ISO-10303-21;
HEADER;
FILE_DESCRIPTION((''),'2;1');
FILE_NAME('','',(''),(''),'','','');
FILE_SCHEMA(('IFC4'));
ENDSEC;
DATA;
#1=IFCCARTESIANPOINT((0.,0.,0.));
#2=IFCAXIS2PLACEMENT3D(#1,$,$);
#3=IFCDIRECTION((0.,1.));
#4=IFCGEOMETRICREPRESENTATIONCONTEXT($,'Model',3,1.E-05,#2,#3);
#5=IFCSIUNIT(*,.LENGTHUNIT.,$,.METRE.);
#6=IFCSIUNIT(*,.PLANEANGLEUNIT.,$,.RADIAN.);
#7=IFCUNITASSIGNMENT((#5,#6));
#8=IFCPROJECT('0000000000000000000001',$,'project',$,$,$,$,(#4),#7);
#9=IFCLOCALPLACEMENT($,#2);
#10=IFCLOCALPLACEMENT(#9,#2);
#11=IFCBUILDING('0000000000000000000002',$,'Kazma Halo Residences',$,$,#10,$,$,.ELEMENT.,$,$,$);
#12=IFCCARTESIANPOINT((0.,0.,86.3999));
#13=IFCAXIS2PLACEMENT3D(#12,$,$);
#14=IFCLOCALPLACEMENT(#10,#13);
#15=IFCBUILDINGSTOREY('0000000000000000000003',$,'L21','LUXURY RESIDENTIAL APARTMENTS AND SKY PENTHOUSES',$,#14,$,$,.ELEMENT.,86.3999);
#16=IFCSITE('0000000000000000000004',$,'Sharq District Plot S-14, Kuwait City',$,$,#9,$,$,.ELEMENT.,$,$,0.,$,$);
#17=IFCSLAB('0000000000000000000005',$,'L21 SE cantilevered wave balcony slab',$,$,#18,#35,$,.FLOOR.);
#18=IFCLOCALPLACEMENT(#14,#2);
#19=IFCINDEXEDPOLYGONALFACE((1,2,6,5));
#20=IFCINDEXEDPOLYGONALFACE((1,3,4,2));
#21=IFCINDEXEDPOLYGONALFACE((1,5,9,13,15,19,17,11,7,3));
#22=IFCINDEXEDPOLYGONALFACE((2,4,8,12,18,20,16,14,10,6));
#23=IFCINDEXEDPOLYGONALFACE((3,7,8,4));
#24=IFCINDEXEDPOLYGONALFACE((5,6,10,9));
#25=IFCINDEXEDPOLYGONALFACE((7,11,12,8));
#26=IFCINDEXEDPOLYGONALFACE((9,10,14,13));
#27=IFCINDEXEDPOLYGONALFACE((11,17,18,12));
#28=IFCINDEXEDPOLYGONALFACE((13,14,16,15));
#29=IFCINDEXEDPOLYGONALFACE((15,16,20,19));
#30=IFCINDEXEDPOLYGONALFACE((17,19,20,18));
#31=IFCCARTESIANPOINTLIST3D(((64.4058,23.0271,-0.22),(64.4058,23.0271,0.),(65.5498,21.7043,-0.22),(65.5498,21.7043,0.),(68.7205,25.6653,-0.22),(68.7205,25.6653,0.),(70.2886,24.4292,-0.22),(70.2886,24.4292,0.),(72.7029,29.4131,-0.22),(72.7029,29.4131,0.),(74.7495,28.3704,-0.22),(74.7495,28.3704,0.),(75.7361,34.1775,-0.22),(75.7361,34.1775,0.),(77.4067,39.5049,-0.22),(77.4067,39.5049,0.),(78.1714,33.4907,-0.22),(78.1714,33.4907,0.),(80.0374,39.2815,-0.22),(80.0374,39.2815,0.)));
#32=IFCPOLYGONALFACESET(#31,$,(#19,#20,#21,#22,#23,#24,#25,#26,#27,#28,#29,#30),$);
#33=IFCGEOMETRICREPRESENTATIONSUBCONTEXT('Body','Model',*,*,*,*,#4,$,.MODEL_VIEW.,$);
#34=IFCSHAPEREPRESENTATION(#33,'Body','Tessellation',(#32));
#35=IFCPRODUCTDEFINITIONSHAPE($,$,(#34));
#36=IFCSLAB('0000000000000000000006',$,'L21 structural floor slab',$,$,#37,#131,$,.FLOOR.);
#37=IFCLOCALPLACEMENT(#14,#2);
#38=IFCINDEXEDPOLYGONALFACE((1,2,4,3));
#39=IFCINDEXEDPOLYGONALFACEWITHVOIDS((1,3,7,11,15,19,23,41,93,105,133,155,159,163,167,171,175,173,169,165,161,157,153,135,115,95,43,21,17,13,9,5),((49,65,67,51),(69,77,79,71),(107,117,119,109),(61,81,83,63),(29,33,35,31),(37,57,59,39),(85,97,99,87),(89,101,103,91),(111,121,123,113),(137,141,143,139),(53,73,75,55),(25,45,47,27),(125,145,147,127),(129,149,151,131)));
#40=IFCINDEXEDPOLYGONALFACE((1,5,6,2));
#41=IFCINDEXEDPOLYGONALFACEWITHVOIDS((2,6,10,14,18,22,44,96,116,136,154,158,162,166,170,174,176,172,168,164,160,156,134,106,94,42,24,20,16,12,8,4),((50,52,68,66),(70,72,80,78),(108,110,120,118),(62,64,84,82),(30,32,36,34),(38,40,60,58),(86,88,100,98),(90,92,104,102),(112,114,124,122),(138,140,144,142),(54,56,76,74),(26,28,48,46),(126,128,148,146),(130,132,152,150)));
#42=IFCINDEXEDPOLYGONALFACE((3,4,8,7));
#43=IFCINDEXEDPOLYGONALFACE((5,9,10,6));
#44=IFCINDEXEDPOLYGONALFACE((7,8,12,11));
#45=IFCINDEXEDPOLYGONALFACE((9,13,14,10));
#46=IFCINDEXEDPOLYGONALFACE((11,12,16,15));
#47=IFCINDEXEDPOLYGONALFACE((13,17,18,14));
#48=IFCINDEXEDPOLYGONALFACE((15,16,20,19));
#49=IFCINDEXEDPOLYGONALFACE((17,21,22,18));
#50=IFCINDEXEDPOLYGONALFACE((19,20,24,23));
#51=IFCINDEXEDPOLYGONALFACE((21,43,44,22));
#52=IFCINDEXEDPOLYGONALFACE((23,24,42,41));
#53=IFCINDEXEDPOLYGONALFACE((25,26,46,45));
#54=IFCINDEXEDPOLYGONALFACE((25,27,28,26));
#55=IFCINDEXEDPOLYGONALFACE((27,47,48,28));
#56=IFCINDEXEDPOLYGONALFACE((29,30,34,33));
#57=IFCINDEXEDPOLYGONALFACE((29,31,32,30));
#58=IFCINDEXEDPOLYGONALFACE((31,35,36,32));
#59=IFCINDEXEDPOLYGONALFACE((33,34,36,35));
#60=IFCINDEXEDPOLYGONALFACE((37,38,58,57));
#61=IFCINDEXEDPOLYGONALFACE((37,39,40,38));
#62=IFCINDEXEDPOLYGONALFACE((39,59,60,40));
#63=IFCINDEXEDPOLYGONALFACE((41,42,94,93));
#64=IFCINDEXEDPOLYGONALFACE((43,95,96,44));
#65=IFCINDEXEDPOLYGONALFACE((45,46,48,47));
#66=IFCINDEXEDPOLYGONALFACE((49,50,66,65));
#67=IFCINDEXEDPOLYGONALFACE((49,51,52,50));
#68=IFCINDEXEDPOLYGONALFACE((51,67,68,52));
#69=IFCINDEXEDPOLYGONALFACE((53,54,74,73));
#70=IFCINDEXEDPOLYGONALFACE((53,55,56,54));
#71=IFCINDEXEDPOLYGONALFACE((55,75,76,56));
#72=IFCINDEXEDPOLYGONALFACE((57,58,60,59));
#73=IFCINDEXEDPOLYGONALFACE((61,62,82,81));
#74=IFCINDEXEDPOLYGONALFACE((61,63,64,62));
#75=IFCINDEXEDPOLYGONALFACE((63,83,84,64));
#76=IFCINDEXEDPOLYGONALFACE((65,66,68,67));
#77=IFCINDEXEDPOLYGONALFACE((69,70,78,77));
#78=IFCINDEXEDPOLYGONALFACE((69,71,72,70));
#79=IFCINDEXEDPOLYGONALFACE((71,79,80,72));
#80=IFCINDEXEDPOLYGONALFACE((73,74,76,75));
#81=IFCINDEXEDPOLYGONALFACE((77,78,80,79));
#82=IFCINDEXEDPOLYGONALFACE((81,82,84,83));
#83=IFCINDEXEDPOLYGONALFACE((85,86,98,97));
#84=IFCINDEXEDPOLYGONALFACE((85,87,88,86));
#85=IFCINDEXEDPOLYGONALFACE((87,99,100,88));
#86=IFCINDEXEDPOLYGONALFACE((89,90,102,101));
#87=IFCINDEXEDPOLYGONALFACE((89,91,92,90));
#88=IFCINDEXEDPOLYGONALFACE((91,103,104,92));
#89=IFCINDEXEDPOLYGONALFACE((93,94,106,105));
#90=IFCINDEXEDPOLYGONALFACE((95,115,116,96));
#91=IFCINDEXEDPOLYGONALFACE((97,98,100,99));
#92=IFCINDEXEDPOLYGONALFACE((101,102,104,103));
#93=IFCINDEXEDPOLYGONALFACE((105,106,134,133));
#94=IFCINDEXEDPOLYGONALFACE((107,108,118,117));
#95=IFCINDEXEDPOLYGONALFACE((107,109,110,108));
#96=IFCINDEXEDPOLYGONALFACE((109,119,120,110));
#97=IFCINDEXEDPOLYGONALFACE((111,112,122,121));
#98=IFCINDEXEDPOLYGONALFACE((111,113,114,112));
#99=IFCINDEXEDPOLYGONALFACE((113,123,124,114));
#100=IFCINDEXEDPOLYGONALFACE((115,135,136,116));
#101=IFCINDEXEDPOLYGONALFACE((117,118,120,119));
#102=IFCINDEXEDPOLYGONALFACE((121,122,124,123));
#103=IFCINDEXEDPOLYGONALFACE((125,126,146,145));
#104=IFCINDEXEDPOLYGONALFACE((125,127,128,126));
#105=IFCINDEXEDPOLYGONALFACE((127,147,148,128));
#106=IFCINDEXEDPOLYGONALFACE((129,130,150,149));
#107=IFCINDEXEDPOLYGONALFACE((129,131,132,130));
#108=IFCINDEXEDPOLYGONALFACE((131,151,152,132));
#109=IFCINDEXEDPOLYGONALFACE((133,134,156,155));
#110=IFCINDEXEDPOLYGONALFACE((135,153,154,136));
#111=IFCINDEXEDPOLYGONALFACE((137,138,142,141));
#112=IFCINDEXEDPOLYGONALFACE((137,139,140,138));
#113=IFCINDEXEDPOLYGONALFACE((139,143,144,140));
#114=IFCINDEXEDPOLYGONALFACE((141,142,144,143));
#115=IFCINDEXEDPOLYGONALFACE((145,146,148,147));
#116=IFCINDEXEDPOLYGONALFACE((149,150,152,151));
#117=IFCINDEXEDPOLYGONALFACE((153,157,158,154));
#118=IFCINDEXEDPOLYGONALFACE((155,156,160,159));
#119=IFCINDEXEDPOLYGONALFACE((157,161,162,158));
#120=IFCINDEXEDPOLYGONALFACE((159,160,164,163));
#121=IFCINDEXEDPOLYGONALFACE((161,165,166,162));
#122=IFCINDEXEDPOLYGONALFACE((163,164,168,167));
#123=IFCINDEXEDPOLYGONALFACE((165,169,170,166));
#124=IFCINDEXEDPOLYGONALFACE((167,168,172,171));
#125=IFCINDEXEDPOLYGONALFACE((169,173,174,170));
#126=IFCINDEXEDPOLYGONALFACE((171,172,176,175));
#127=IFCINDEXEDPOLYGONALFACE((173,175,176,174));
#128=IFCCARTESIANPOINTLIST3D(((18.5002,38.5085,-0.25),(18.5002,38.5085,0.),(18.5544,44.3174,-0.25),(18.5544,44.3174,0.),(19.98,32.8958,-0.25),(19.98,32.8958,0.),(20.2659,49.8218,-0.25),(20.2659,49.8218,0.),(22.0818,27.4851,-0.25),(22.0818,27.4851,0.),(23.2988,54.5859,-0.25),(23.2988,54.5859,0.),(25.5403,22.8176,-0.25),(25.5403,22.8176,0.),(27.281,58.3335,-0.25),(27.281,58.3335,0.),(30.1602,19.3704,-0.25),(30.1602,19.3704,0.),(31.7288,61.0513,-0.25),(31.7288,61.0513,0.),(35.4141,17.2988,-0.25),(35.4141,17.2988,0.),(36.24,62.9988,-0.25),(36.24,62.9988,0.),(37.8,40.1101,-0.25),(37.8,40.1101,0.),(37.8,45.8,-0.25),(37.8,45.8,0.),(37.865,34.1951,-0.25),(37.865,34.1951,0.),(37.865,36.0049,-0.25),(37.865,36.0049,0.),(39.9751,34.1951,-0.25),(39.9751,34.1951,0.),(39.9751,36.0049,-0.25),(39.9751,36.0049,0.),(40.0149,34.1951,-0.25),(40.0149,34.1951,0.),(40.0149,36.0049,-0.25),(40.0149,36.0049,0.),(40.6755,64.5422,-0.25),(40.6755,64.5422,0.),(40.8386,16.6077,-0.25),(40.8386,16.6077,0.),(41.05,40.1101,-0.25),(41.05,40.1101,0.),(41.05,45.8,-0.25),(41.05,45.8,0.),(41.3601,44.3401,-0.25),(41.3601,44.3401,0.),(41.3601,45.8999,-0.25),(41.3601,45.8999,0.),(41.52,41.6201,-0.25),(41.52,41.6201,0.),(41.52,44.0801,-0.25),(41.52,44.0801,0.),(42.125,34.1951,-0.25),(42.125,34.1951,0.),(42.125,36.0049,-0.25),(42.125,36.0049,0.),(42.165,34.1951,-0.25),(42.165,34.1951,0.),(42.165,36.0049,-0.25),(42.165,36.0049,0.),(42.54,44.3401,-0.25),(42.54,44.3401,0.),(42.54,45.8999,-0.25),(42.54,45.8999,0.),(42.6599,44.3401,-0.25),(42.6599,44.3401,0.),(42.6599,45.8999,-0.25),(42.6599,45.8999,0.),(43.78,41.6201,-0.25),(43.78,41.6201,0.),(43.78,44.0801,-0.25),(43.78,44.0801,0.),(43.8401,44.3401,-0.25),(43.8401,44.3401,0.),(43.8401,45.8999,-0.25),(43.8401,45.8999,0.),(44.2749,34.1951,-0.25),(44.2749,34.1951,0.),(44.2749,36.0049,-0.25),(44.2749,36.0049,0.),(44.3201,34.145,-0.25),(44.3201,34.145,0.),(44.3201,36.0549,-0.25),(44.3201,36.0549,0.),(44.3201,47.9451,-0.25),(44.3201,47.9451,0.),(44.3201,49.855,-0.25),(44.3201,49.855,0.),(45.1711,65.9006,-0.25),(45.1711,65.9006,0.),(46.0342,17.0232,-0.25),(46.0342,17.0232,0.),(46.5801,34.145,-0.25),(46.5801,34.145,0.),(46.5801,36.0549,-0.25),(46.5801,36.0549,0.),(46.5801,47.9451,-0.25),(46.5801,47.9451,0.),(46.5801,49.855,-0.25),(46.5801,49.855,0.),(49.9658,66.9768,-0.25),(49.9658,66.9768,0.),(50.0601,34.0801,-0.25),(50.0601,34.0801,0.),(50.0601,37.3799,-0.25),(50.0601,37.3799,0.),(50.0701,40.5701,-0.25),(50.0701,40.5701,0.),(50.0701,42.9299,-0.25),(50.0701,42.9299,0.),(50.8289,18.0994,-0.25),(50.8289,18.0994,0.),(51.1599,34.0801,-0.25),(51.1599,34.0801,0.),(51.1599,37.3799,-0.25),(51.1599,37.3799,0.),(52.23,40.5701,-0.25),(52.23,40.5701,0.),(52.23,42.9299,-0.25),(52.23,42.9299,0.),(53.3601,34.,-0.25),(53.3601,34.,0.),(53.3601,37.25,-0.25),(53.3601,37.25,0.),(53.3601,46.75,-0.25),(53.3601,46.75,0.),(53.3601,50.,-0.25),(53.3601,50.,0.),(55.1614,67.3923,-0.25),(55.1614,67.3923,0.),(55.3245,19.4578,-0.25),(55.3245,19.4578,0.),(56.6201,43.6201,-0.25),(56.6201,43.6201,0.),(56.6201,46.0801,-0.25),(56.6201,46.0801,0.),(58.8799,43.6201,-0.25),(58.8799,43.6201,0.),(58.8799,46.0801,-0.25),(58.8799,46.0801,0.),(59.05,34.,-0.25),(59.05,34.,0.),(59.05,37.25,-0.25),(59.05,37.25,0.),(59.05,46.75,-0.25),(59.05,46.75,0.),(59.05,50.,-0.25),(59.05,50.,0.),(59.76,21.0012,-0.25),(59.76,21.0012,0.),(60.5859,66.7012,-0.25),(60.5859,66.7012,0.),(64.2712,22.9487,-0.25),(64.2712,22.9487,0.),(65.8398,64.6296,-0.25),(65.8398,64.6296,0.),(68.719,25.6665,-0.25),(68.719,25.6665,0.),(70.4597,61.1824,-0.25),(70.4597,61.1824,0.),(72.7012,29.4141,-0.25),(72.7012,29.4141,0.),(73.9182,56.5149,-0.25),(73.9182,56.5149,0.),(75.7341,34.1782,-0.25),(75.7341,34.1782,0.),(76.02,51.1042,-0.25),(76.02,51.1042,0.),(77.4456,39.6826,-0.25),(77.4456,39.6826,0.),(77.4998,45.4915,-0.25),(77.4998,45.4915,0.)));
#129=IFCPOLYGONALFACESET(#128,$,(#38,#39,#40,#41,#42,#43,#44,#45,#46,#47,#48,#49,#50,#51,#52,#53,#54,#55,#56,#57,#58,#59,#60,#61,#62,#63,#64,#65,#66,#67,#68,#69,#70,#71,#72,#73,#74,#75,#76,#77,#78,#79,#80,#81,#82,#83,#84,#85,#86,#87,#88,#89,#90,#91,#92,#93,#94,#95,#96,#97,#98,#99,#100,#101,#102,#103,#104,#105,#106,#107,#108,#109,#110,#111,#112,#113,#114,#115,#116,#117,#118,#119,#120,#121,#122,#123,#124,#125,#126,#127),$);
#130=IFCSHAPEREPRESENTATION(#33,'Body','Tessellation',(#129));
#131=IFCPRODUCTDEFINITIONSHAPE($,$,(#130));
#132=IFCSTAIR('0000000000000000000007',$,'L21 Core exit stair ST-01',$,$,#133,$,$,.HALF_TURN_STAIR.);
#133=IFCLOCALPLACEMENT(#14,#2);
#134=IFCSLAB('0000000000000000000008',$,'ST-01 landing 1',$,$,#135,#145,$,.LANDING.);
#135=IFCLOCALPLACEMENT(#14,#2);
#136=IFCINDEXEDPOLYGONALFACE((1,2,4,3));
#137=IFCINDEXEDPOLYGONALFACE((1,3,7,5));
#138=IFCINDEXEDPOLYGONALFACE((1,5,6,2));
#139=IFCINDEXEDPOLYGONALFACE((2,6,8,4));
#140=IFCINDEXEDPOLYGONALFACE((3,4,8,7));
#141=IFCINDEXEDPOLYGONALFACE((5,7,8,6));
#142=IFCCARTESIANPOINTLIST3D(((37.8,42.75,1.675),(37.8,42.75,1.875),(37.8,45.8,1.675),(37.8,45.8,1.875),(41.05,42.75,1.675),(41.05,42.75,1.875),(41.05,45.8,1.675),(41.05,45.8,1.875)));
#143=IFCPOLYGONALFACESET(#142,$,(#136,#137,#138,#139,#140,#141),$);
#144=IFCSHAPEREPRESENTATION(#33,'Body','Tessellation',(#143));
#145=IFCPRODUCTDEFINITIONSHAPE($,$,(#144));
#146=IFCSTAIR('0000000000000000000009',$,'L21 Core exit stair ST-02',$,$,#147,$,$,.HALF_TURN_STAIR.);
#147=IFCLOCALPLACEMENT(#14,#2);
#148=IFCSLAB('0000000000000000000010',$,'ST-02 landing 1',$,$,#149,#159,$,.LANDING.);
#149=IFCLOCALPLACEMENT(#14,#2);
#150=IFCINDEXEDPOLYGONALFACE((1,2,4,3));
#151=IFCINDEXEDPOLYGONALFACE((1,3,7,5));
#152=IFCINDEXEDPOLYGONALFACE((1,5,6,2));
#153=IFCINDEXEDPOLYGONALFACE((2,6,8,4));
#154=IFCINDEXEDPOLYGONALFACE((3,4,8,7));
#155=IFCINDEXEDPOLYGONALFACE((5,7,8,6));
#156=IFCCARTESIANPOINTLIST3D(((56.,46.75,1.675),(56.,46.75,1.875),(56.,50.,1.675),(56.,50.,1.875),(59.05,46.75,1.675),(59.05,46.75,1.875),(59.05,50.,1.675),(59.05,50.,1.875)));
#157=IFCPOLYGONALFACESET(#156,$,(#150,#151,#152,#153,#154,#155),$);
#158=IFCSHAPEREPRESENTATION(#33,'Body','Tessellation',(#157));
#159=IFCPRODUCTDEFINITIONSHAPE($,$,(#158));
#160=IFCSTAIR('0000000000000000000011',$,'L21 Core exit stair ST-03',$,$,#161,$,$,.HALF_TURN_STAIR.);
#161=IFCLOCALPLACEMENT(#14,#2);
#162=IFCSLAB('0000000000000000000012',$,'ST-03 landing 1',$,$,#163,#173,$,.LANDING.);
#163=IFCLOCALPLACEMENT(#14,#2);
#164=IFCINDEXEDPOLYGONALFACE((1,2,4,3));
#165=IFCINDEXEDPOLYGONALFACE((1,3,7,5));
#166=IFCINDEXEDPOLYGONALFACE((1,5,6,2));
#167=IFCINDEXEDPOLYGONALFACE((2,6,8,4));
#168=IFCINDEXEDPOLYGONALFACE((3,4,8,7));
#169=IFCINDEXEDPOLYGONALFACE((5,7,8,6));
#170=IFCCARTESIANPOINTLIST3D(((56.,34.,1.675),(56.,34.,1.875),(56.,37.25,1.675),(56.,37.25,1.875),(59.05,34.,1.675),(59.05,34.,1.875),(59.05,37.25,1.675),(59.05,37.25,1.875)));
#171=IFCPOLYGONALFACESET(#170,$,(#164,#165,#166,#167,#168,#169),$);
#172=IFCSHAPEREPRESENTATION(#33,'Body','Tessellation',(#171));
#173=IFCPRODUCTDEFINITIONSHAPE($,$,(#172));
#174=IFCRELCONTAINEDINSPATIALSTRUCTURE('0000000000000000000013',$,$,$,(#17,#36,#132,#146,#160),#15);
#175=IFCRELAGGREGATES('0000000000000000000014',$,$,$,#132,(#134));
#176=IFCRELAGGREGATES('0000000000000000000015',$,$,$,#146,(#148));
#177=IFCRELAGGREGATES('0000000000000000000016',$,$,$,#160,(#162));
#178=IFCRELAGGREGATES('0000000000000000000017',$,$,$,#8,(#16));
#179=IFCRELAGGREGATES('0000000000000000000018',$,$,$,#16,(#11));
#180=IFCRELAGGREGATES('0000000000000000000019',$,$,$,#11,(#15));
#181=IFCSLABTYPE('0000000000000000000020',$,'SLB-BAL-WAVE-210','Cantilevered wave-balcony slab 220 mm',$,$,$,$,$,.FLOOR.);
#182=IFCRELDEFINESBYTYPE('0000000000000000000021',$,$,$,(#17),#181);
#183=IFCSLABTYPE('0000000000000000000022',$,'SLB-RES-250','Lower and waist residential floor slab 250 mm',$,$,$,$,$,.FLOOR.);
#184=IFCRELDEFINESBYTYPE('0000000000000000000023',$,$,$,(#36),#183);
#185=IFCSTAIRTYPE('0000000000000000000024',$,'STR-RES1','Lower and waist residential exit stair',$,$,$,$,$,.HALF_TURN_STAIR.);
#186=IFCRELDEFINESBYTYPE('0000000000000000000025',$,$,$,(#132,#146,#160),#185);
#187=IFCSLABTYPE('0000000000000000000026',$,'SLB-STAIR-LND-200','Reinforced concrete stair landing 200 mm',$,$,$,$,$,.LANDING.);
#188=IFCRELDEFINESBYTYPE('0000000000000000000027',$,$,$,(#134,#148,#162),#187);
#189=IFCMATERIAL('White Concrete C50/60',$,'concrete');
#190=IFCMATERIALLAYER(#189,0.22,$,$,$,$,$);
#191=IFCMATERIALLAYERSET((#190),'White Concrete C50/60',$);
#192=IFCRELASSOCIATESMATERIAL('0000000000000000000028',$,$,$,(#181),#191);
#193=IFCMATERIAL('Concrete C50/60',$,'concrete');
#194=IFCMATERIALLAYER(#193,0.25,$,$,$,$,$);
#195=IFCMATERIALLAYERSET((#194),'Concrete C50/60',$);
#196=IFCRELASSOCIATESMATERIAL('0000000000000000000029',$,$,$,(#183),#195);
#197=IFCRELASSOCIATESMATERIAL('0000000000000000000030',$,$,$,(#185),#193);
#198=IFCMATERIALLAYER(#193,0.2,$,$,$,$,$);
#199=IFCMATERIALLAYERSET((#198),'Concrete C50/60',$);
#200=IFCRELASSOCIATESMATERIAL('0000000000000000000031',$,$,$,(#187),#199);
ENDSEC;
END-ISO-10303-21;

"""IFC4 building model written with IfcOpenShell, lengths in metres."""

from ifc_helpers import new_model, si_unit, direction, frame, origin, place, context, subcontext, project, spatial, polyline, outline, extrude, material, layer, layer_set, type_object, element, aggregate, save


model = new_model("IFC4")

# Units and contexts
model_context = context("Model", 3, precision=1e-05, world=origin(), true_north=direction((0.0, 1.0)))
body_context = subcontext(model_context, "Body", "Model", "MODEL_VIEW")
ifc_project = project(units=[si_unit("LENGTHUNIT", "METRE"), si_unit("PLANEANGLEUNIT", "RADIAN")], contexts=[model_context])

# Site, building, storey
site_placement = place(None, origin())
site = spatial("IfcSite", under=ifc_project, at=site_placement, Name="Sharq District Plot S-14, Kuwait City", CompositionType="ELEMENT", RefElevation=0.0)
building_placement = place(site_placement, origin())
building = spatial("IfcBuilding", under=site, at=building_placement, Name="Kazma Halo Residences", CompositionType="ELEMENT")
storey_placement = place(building_placement, frame((0.0, 0.0, 86.3999)))
storey = spatial("IfcBuildingStorey", under=building, at=storey_placement, Name="L21", Description="LUXURY RESIDENTIAL APARTMENTS AND SKY PENTHOUSES", CompositionType="ELEMENT", Elevation=86.3999)

# Slabs
ifc_material_1 = material(Name="White Concrete C50/60", Category="concrete")
ifc_layer_1 = layer(ifc_material_1, 0.22)
ifc_layer_set_1 = layer_set([ifc_layer_1], Name="White Concrete C50/60")
slab_type_1 = type_object("IfcSlabType", Name="SLB-BAL-WAVE-210", Description="Cantilevered wave-balcony slab 220 mm", PredefinedType="FLOOR", material=ifc_layer_set_1)
slab_1_placement = place(storey_placement, frame((0.0, 0.0, -0.22)))
element("IfcSlab", 1, at=slab_1_placement, inside=storey, type_object=slab_type_1, Name="L21 SE cantilevered wave balcony slab", PredefinedType="FLOOR", context=body_context, shape_type="SweptSolid", body=[
    extrude(outline(polyline([(64.4058, 23.0271), (68.7205, 25.6653), (72.7029, 29.4131), (75.7361, 34.1775), (77.4067, 39.5049), (80.0374, 39.2815), (78.1714, 33.4907), (74.7495, 28.3704), (70.2886, 24.4292), (65.5498, 21.7043), (64.4058, 23.0271)])), origin(), (0.0, 0.0, 1.0), 0.22),
])
ifc_material_2 = material(Name="Concrete C50/60", Category="concrete")
ifc_layer_2 = layer(ifc_material_2, 0.25)
ifc_layer_set_2 = layer_set([ifc_layer_2], Name="Concrete C50/60")
slab_type_2 = type_object("IfcSlabType", Name="SLB-RES-250", Description="Lower and waist residential floor slab 250 mm", PredefinedType="FLOOR", material=ifc_layer_set_2)
slab_2_placement = place(storey_placement, frame((0.0, 0.0, -0.25)))
element("IfcSlab", 2, at=slab_2_placement, inside=storey, type_object=slab_type_2, Name="L21 structural floor slab", PredefinedType="FLOOR", context=body_context, shape_type="SweptSolid", body=[
    extrude(outline(polyline([(76.02, 51.1042), (73.9182, 56.5149), (70.4597, 61.1824), (65.8398, 64.6296), (60.5859, 66.7012), (55.1614, 67.3923), (49.9658, 66.9768), (45.1711, 65.9006), (40.6755, 64.5422), (36.24, 62.9988), (31.7288, 61.0513), (27.281, 58.3335), (23.2988, 54.5859), (20.2659, 49.8218), (18.5544, 44.3174), (18.5002, 38.5085), (19.98, 32.8958), (22.0818, 27.4851), (25.5403, 22.8176), (30.1602, 19.3704), (35.4141, 17.2988), (40.8386, 16.6077), (46.0342, 17.0232), (50.8289, 18.0994), (55.3245, 19.4578), (59.76, 21.0012), (64.2712, 22.9487), (68.719, 25.6665), (72.7012, 29.4141), (75.7341, 34.1782), (77.4456, 39.6826), (77.4998, 45.4915), (76.02, 51.1042)]), holes=[polyline([(37.8, 40.1101), (41.05, 40.1101), (41.05, 45.8), (37.8, 45.8), (37.8, 40.1101)]), polyline([(53.3601, 46.75), (59.05, 46.75), (59.05, 50.0), (53.3601, 50.0), (53.3601, 46.75)]), polyline([(53.3601, 34.0), (59.05, 34.0), (59.05, 37.25), (53.3601, 37.25), (53.3601, 34.0)]), polyline([(41.52, 41.6201), (43.78, 41.6201), (43.78, 44.0801), (41.52, 44.0801), (41.52, 41.6201)]), polyline([(56.6201, 43.6201), (58.8799, 43.6201), (58.8799, 46.0801), (56.6201, 46.0801), (56.6201, 43.6201)]), polyline([(37.865, 34.1951), (39.9751, 34.1951), (39.9751, 36.0049), (37.865, 36.0049), (37.865, 34.1951)]), polyline([(40.0149, 34.1951), (42.125, 34.1951), (42.125, 36.0049), (40.0149, 36.0049), (40.0149, 34.1951)]), polyline([(42.165, 34.1951), (44.2749, 34.1951), (44.2749, 36.0049), (42.165, 36.0049), (42.165, 34.1951)]), polyline([(44.3201, 47.9451), (46.5801, 47.9451), (46.5801, 49.855), (44.3201, 49.855), (44.3201, 47.9451)]), polyline([(44.3201, 34.145), (46.5801, 34.145), (46.5801, 36.0549), (44.3201, 36.0549), (44.3201, 34.145)]), polyline([(50.0701, 40.5701), (52.23, 40.5701), (52.23, 42.9299), (50.0701, 42.9299), (50.0701, 40.5701)]), polyline([(41.3601, 44.3401), (42.54, 44.3401), (42.54, 45.8999), (41.3601, 45.8999), (41.3601, 44.3401)]), polyline([(42.6599, 44.3401), (43.8401, 44.3401), (43.8401, 45.8999), (42.6599, 45.8999), (42.6599, 44.3401)]), polyline([(50.0601, 34.0801), (51.1599, 34.0801), (51.1599, 37.3799), (50.0601, 37.3799), (50.0601, 34.0801)])]), origin(), (0.0, 0.0, 1.0), 0.25),
])

# Stairs, slabs
stair_type = type_object("IfcStairType", Name="STR-RES1", Description="Lower and waist residential exit stair", PredefinedType="HALF_TURN_STAIR", material=ifc_material_2)
stair_1_placement = place(storey_placement, origin())
stair_1 = element("IfcStair", 3, at=stair_1_placement, inside=storey, type_object=stair_type, Name="L21 Core exit stair ST-01", PredefinedType="HALF_TURN_STAIR")
ifc_layer_3 = layer(ifc_material_2, 0.2)
ifc_layer_set_3 = layer_set([ifc_layer_3], Name="Concrete C50/60")
slab_type_3 = type_object("IfcSlabType", Name="SLB-STAIR-LND-200", Description="Reinforced concrete stair landing 200 mm", PredefinedType="LANDING", material=ifc_layer_set_3)
slab_3_placement = place(storey_placement, frame((0.0, 0.0, 1.675)))
slab_3 = element("IfcSlab", 4, at=slab_3_placement, type_object=slab_type_3, Name="ST-01 landing 1", PredefinedType="LANDING", context=body_context, shape_type="SweptSolid", body=[
    extrude(outline(polyline([(41.05, 42.75), (41.05, 45.8), (37.8, 45.8), (37.8, 42.75), (41.05, 42.75)])), origin(), (0.0, 0.0, 1.0), 0.2),
])
aggregate(stair_1, [slab_3])
stair_2_placement = place(storey_placement, origin())
stair_2 = element("IfcStair", 5, at=stair_2_placement, inside=storey, type_object=stair_type, Name="L21 Core exit stair ST-02", PredefinedType="HALF_TURN_STAIR")
slab_4_placement = place(storey_placement, frame((0.0, 0.0, 1.675)))
slab_4 = element("IfcSlab", 6, at=slab_4_placement, type_object=slab_type_3, Name="ST-02 landing 1", PredefinedType="LANDING", context=body_context, shape_type="SweptSolid", body=[
    extrude(outline(polyline([(56.0, 46.75), (59.05, 46.75), (59.05, 50.0), (56.0, 50.0), (56.0, 46.75)])), origin(), (0.0, 0.0, 1.0), 0.2),
])
aggregate(stair_2, [slab_4])
stair_3_placement = place(storey_placement, origin())
stair_3 = element("IfcStair", 7, at=stair_3_placement, inside=storey, type_object=stair_type, Name="L21 Core exit stair ST-03", PredefinedType="HALF_TURN_STAIR")
slab_5_placement = place(storey_placement, frame((0.0, 0.0, 1.675)))
slab_5 = element("IfcSlab", 8, at=slab_5_placement, type_object=slab_type_3, Name="ST-03 landing 1", PredefinedType="LANDING", context=body_context, shape_type="SweptSolid", body=[
    extrude(outline(polyline([(56.0, 34.0), (59.05, 34.0), (59.05, 37.25), (56.0, 37.25), (56.0, 34.0)])), origin(), (0.0, 0.0, 1.0), 0.2),
])
aggregate(stair_3, [slab_5])

save(model, "model.ifc")
